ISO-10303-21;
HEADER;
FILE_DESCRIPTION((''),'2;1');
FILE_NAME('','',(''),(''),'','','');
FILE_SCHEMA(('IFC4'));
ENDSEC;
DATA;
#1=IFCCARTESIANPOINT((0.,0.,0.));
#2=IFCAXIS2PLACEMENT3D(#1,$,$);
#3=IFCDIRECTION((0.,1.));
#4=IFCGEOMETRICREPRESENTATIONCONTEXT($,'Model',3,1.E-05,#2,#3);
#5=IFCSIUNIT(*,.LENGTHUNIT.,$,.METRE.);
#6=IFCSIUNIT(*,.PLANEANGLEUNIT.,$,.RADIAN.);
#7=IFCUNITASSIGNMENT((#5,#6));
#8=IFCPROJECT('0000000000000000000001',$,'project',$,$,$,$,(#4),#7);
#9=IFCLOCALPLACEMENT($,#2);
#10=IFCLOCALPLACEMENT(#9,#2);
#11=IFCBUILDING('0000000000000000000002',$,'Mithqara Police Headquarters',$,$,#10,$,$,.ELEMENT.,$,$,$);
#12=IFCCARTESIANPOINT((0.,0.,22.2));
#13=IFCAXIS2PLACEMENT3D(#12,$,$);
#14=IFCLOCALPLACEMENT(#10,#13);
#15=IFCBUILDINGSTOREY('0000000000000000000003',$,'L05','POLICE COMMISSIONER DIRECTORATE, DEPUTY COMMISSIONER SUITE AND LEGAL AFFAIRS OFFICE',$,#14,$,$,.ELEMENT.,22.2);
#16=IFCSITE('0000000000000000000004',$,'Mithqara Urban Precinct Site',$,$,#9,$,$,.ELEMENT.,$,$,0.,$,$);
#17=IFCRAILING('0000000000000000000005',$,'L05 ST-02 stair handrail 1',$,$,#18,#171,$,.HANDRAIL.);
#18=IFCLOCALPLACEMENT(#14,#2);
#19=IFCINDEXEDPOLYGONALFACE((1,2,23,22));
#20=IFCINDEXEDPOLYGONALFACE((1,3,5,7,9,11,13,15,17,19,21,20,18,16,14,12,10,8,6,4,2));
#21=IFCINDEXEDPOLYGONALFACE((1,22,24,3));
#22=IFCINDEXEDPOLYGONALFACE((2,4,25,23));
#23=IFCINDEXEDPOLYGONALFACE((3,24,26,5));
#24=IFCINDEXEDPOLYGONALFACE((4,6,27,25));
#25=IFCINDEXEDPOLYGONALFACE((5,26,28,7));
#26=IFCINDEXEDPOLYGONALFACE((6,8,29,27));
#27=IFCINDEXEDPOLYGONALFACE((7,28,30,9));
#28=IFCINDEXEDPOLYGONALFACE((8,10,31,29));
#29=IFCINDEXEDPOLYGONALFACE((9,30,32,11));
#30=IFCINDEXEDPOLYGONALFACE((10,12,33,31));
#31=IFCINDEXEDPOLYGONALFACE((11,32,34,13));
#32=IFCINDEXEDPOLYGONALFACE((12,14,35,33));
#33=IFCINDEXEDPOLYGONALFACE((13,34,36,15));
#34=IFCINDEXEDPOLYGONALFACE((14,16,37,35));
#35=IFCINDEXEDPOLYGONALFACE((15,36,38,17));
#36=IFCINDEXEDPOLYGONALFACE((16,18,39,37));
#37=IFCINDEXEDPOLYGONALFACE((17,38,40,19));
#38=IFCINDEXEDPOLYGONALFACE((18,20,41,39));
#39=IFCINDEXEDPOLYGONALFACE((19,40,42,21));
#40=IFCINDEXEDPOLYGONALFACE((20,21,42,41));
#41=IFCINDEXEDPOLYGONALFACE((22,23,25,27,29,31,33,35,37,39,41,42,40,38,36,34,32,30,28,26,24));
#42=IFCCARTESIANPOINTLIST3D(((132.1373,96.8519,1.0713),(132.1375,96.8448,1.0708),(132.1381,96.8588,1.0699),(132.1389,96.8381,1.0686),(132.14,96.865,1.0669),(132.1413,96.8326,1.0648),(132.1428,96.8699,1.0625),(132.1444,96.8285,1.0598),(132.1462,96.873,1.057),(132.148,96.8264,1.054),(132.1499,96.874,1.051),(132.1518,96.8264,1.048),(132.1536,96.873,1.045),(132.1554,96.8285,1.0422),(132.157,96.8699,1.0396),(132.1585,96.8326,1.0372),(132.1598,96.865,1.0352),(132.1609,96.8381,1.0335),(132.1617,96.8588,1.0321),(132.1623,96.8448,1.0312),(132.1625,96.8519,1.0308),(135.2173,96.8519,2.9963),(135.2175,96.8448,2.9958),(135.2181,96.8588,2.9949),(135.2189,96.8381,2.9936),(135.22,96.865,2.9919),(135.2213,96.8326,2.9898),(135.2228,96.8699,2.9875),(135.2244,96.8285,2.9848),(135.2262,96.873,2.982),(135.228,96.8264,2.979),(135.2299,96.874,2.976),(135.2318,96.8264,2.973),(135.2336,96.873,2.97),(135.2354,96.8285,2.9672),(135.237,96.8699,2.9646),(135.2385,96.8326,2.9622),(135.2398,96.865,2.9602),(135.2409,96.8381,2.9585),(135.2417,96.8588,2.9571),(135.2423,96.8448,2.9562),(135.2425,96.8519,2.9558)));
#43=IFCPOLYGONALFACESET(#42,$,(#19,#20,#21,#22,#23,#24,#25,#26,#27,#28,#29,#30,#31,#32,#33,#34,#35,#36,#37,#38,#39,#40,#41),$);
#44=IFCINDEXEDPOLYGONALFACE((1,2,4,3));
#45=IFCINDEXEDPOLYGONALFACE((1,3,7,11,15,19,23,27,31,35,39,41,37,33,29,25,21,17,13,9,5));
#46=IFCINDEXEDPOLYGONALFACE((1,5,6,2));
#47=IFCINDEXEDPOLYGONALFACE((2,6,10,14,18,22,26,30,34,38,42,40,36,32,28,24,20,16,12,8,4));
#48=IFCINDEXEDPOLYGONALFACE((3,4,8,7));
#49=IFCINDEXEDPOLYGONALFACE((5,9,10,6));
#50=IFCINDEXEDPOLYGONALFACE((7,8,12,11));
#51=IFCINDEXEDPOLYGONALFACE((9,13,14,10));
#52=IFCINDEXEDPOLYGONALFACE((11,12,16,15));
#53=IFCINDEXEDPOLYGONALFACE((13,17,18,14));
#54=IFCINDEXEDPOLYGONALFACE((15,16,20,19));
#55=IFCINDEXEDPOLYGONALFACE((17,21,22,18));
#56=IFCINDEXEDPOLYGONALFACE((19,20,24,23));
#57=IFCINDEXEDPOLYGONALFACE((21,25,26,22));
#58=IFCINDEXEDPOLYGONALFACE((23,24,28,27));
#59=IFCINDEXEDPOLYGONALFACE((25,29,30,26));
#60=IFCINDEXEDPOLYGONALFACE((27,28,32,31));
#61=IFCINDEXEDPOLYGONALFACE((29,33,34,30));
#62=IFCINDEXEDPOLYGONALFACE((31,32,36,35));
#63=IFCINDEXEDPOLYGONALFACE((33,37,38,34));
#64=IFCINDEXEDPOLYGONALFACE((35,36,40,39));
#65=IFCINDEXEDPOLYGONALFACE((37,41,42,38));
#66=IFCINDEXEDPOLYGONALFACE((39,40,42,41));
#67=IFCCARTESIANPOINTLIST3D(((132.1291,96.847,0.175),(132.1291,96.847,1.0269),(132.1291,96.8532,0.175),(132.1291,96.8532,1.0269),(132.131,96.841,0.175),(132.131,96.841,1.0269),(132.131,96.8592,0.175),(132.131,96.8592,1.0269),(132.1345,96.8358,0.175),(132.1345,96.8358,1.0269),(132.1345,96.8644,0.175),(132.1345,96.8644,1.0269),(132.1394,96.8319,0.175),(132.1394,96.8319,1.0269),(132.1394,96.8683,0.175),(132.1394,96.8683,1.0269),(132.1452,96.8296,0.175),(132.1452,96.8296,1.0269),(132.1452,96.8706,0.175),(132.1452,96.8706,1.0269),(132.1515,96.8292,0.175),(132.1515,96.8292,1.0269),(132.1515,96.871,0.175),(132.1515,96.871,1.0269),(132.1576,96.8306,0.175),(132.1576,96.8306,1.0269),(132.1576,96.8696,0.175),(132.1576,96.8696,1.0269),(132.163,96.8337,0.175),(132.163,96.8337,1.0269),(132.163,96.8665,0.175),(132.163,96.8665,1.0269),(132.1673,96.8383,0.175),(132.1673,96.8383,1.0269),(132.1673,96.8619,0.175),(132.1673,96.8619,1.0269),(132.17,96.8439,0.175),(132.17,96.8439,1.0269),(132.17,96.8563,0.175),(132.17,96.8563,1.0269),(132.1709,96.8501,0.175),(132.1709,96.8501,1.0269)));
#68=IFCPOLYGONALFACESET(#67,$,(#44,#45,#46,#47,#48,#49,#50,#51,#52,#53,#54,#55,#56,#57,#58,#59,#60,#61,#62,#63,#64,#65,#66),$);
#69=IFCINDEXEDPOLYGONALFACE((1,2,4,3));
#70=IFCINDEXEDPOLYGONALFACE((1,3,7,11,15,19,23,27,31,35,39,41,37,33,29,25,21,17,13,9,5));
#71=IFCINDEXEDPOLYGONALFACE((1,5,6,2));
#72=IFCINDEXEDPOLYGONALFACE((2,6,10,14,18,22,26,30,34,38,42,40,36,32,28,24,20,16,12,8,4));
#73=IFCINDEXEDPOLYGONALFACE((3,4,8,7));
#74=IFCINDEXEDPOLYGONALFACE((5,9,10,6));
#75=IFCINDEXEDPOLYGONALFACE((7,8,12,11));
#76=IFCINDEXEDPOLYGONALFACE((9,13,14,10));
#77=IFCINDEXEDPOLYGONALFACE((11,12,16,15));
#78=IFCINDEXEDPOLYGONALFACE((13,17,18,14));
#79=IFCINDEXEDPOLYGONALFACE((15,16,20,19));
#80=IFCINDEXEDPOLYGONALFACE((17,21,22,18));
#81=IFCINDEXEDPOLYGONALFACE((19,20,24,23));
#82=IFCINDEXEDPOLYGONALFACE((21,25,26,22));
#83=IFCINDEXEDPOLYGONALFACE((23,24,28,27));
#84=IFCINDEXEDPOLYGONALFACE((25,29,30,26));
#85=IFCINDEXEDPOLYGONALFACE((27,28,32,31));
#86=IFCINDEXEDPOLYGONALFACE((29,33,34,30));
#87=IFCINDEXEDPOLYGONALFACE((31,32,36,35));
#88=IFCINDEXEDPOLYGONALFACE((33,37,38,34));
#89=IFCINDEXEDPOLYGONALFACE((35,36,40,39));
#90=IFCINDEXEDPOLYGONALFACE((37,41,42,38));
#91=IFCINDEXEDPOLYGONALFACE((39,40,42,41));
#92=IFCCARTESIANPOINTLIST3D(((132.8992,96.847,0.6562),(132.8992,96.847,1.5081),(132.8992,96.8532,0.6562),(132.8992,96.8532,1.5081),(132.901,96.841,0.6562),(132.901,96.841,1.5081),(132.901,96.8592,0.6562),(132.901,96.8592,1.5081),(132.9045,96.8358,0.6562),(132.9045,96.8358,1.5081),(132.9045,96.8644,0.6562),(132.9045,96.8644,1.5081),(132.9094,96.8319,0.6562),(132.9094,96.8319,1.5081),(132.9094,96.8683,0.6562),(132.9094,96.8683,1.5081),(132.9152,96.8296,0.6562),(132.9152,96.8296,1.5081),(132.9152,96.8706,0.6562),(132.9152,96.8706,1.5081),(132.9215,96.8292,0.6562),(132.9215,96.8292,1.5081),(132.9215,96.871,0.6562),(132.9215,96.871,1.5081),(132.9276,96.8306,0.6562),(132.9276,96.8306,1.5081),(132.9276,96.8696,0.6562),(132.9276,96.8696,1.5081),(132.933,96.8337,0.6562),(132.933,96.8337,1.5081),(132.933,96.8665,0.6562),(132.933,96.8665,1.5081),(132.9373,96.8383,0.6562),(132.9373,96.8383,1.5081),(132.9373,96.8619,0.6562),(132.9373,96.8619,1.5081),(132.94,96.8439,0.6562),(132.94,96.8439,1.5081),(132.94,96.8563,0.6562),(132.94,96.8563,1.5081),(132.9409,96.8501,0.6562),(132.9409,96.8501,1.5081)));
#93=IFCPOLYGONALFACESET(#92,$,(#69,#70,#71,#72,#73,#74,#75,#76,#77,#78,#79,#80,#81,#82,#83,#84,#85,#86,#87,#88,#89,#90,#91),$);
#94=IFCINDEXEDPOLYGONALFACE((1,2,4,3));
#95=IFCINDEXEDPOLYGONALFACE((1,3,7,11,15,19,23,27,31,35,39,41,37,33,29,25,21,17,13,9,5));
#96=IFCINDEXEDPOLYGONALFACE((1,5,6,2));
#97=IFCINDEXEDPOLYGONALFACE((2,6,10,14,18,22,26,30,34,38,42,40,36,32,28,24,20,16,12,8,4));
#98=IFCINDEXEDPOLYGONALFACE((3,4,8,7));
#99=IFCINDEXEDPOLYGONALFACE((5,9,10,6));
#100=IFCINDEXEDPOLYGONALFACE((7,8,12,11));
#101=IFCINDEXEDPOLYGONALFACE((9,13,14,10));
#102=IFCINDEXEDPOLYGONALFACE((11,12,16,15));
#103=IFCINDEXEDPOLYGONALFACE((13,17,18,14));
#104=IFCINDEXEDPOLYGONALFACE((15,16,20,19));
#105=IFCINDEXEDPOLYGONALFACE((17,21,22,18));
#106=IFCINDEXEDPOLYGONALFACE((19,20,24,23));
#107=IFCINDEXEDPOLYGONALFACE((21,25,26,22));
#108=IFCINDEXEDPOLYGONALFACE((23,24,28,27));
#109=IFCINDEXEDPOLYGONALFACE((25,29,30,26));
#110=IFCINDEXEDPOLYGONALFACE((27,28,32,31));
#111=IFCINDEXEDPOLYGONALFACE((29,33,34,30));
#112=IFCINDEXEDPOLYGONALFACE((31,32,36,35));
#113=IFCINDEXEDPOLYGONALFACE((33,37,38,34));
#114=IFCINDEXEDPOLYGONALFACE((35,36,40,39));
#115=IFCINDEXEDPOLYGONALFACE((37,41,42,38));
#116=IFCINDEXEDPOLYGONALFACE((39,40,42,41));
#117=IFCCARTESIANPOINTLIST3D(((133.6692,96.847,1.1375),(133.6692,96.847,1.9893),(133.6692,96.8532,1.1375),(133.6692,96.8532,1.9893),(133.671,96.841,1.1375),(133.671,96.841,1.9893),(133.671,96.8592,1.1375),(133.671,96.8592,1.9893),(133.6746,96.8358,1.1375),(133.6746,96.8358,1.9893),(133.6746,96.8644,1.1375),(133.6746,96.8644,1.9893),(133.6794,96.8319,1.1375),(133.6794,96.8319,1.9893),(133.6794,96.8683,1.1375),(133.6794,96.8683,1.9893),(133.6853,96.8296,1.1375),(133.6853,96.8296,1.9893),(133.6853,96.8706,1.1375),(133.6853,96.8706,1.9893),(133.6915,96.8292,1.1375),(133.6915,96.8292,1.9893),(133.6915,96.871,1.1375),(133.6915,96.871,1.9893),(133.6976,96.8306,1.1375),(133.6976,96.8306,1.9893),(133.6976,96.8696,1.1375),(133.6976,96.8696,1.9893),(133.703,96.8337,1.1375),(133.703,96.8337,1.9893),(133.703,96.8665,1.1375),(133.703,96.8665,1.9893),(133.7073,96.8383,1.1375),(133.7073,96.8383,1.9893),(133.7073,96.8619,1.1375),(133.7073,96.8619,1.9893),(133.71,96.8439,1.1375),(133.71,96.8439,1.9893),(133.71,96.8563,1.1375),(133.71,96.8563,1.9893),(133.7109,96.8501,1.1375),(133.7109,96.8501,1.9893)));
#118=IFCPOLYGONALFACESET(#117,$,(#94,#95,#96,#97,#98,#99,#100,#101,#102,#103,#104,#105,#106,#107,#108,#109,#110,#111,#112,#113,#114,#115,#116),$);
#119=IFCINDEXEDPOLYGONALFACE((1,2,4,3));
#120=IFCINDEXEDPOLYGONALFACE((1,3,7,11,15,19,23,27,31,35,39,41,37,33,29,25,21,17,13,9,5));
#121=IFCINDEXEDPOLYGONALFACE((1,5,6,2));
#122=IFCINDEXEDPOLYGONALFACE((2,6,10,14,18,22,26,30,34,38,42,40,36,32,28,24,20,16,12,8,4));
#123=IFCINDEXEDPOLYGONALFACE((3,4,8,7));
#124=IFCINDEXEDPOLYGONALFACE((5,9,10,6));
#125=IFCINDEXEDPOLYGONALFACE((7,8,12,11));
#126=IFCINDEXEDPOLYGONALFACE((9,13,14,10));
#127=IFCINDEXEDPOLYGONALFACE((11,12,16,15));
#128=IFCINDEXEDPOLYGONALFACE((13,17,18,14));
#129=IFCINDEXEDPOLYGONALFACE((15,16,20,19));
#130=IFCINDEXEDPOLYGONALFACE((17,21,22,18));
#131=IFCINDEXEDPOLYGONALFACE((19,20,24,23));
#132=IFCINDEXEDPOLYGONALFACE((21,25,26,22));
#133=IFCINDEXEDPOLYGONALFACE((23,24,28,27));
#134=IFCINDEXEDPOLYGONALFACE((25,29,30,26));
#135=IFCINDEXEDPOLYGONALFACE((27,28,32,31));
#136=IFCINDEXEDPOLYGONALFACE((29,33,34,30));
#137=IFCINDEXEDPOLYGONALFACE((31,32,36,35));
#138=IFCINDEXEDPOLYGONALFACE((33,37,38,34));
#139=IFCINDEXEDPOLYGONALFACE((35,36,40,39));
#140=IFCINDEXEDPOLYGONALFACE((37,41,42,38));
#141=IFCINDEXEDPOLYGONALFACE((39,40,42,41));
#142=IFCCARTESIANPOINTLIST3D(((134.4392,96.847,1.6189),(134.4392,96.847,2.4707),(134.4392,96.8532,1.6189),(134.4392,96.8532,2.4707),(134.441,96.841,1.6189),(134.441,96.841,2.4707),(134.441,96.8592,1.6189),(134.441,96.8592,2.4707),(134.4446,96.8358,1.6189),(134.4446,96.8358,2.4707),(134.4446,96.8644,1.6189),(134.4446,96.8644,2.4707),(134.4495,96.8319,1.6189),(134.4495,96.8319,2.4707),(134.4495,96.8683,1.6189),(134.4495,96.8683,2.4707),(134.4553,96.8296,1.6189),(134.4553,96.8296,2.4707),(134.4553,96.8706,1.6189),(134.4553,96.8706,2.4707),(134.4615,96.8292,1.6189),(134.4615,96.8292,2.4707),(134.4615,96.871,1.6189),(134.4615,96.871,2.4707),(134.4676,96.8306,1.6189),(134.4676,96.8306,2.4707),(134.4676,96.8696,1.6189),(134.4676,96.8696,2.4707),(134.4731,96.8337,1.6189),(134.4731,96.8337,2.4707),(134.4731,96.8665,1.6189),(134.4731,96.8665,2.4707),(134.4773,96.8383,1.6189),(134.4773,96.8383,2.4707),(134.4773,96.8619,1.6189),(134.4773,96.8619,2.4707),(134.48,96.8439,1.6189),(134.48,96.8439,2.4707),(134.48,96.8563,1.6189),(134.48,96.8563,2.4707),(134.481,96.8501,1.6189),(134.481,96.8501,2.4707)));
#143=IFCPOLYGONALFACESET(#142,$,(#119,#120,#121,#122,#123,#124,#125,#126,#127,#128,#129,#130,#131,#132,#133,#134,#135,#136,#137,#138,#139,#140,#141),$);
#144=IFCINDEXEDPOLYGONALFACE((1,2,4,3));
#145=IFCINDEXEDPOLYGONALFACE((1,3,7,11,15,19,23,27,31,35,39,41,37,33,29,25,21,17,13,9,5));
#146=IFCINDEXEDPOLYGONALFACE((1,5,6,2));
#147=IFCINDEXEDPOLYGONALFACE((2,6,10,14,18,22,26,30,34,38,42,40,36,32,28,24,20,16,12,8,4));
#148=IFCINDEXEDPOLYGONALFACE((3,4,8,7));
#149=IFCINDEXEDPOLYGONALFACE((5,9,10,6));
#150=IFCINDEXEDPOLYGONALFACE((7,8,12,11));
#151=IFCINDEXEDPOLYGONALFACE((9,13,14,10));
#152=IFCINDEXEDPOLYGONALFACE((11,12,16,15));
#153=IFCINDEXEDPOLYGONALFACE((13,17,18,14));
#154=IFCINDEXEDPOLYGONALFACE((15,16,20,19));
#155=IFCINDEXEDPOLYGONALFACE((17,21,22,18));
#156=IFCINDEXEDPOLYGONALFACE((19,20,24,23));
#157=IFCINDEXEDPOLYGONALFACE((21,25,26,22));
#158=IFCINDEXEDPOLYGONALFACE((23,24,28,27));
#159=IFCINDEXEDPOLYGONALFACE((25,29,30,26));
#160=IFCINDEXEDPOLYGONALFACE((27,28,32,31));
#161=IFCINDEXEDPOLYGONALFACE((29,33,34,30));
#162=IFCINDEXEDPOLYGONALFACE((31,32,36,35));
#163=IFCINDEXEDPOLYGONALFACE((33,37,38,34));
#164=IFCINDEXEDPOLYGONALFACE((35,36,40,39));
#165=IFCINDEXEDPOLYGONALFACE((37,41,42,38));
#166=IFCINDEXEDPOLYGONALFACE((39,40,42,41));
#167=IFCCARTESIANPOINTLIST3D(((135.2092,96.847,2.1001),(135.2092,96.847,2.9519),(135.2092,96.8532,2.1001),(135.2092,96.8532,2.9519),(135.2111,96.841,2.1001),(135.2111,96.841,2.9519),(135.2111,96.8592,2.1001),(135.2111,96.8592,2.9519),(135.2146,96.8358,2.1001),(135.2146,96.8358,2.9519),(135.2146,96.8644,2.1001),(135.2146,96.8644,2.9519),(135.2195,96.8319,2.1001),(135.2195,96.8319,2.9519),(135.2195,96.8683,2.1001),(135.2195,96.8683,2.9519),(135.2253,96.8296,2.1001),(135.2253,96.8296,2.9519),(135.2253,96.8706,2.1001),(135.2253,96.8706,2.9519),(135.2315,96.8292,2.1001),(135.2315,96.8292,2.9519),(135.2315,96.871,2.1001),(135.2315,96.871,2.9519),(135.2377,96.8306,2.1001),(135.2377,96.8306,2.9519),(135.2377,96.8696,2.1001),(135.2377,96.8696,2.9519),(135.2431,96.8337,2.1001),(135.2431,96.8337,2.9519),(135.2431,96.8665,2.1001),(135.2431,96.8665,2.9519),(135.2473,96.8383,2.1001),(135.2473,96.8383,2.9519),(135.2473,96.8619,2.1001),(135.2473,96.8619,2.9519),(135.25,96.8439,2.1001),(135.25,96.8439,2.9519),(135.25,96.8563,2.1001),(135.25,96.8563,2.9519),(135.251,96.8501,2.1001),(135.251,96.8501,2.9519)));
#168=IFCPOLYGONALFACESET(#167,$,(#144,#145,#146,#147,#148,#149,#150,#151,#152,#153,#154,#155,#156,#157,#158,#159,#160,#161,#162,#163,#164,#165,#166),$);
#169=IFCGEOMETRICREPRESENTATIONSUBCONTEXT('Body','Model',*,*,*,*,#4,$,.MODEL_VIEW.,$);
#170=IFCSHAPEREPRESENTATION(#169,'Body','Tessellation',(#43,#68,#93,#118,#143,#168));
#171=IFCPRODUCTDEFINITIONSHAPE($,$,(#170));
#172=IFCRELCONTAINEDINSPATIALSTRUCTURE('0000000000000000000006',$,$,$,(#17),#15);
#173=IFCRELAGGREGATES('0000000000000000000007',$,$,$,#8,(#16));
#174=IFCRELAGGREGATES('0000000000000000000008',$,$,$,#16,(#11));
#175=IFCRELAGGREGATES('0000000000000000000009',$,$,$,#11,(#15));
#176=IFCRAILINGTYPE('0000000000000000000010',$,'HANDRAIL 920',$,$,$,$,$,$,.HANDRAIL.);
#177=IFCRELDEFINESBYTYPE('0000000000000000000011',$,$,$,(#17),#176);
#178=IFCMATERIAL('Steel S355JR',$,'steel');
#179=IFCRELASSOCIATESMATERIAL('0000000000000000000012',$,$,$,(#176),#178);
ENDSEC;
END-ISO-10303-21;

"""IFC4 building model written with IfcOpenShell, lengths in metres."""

from ifc_helpers import new_model, si_unit, direction, frame, origin, origin_2d, place, context, subcontext, project, spatial, circle, extrude, material, type_object, element, save


model = new_model("IFC4")

# Units and contexts
model_context = context("Model", 3, precision=1e-05, world=origin(), true_north=direction((0.0, 1.0)))
body_context = subcontext(model_context, "Body", "Model", "MODEL_VIEW")
ifc_project = project(units=[si_unit("LENGTHUNIT", "METRE"), si_unit("PLANEANGLEUNIT", "RADIAN")], contexts=[model_context])

# Site, building, storey
site_placement = place(None, origin())
site = spatial("IfcSite", under=ifc_project, at=site_placement, Name="Mithqara Urban Precinct Site", CompositionType="ELEMENT", RefElevation=0.0)
building_placement = place(site_placement, origin())
building = spatial("IfcBuilding", under=site, at=building_placement, Name="Mithqara Police Headquarters", CompositionType="ELEMENT")
storey_placement = place(building_placement, frame((0.0, 0.0, 22.2)))
storey = spatial("IfcBuildingStorey", under=building, at=storey_placement, Name="L05", Description="POLICE COMMISSIONER DIRECTORATE, DEPUTY COMMISSIONER SUITE AND LEGAL AFFAIRS OFFICE", CompositionType="ELEMENT", Elevation=22.2)

# Shared definitions
ifc_material_1 = material(Name="Steel S355JR", Category="steel")

# Railing
railing_type_1 = type_object("IfcRailingType", Name="HANDRAIL 920", PredefinedType="HANDRAIL", material=ifc_material_1)
railing_1_placement = place(storey_placement, frame((132.1499, 96.8501, 0.175)))
element("IfcRailing", 1, at=railing_1_placement, inside=storey, type_object=railing_type_1, Name="L05 ST-02 stair handrail 1", PredefinedType="HANDRAIL", context=body_context, shape_type="SweptSolid", body=[
    extrude(circle(Radius=0.0239, at=origin_2d()), frame((0.0, 0.0, 0.876), z_axis=(0.847998, 0.0, 0.529999), x_axis=(0.0, 1.0, 0.0)), (0.0, 0.0, 1.0), 3.6321),
    extrude(circle(Radius=0.021, at=origin_2d()), origin(), (0.0, 0.0, 1.0), 0.8518),
    extrude(circle(Radius=0.021, at=origin_2d()), frame((0.77, 0.0, 0.4812)), (0.0, 0.0, 1.0), 0.8518),
    extrude(circle(Radius=0.021, at=origin_2d()), frame((1.54, 0.0, 0.9624)), (0.0, 0.0, 1.0), 0.8518),
    extrude(circle(Radius=0.021, at=origin_2d()), frame((2.3101, 0.0, 1.4438)), (0.0, 0.0, 1.0), 0.8518),
    extrude(circle(Radius=0.021, at=origin_2d()), frame((3.0801, 0.0, 1.925)), (0.0, 0.0, 1.0), 0.8518),
])

save(model, "model.ifc")
